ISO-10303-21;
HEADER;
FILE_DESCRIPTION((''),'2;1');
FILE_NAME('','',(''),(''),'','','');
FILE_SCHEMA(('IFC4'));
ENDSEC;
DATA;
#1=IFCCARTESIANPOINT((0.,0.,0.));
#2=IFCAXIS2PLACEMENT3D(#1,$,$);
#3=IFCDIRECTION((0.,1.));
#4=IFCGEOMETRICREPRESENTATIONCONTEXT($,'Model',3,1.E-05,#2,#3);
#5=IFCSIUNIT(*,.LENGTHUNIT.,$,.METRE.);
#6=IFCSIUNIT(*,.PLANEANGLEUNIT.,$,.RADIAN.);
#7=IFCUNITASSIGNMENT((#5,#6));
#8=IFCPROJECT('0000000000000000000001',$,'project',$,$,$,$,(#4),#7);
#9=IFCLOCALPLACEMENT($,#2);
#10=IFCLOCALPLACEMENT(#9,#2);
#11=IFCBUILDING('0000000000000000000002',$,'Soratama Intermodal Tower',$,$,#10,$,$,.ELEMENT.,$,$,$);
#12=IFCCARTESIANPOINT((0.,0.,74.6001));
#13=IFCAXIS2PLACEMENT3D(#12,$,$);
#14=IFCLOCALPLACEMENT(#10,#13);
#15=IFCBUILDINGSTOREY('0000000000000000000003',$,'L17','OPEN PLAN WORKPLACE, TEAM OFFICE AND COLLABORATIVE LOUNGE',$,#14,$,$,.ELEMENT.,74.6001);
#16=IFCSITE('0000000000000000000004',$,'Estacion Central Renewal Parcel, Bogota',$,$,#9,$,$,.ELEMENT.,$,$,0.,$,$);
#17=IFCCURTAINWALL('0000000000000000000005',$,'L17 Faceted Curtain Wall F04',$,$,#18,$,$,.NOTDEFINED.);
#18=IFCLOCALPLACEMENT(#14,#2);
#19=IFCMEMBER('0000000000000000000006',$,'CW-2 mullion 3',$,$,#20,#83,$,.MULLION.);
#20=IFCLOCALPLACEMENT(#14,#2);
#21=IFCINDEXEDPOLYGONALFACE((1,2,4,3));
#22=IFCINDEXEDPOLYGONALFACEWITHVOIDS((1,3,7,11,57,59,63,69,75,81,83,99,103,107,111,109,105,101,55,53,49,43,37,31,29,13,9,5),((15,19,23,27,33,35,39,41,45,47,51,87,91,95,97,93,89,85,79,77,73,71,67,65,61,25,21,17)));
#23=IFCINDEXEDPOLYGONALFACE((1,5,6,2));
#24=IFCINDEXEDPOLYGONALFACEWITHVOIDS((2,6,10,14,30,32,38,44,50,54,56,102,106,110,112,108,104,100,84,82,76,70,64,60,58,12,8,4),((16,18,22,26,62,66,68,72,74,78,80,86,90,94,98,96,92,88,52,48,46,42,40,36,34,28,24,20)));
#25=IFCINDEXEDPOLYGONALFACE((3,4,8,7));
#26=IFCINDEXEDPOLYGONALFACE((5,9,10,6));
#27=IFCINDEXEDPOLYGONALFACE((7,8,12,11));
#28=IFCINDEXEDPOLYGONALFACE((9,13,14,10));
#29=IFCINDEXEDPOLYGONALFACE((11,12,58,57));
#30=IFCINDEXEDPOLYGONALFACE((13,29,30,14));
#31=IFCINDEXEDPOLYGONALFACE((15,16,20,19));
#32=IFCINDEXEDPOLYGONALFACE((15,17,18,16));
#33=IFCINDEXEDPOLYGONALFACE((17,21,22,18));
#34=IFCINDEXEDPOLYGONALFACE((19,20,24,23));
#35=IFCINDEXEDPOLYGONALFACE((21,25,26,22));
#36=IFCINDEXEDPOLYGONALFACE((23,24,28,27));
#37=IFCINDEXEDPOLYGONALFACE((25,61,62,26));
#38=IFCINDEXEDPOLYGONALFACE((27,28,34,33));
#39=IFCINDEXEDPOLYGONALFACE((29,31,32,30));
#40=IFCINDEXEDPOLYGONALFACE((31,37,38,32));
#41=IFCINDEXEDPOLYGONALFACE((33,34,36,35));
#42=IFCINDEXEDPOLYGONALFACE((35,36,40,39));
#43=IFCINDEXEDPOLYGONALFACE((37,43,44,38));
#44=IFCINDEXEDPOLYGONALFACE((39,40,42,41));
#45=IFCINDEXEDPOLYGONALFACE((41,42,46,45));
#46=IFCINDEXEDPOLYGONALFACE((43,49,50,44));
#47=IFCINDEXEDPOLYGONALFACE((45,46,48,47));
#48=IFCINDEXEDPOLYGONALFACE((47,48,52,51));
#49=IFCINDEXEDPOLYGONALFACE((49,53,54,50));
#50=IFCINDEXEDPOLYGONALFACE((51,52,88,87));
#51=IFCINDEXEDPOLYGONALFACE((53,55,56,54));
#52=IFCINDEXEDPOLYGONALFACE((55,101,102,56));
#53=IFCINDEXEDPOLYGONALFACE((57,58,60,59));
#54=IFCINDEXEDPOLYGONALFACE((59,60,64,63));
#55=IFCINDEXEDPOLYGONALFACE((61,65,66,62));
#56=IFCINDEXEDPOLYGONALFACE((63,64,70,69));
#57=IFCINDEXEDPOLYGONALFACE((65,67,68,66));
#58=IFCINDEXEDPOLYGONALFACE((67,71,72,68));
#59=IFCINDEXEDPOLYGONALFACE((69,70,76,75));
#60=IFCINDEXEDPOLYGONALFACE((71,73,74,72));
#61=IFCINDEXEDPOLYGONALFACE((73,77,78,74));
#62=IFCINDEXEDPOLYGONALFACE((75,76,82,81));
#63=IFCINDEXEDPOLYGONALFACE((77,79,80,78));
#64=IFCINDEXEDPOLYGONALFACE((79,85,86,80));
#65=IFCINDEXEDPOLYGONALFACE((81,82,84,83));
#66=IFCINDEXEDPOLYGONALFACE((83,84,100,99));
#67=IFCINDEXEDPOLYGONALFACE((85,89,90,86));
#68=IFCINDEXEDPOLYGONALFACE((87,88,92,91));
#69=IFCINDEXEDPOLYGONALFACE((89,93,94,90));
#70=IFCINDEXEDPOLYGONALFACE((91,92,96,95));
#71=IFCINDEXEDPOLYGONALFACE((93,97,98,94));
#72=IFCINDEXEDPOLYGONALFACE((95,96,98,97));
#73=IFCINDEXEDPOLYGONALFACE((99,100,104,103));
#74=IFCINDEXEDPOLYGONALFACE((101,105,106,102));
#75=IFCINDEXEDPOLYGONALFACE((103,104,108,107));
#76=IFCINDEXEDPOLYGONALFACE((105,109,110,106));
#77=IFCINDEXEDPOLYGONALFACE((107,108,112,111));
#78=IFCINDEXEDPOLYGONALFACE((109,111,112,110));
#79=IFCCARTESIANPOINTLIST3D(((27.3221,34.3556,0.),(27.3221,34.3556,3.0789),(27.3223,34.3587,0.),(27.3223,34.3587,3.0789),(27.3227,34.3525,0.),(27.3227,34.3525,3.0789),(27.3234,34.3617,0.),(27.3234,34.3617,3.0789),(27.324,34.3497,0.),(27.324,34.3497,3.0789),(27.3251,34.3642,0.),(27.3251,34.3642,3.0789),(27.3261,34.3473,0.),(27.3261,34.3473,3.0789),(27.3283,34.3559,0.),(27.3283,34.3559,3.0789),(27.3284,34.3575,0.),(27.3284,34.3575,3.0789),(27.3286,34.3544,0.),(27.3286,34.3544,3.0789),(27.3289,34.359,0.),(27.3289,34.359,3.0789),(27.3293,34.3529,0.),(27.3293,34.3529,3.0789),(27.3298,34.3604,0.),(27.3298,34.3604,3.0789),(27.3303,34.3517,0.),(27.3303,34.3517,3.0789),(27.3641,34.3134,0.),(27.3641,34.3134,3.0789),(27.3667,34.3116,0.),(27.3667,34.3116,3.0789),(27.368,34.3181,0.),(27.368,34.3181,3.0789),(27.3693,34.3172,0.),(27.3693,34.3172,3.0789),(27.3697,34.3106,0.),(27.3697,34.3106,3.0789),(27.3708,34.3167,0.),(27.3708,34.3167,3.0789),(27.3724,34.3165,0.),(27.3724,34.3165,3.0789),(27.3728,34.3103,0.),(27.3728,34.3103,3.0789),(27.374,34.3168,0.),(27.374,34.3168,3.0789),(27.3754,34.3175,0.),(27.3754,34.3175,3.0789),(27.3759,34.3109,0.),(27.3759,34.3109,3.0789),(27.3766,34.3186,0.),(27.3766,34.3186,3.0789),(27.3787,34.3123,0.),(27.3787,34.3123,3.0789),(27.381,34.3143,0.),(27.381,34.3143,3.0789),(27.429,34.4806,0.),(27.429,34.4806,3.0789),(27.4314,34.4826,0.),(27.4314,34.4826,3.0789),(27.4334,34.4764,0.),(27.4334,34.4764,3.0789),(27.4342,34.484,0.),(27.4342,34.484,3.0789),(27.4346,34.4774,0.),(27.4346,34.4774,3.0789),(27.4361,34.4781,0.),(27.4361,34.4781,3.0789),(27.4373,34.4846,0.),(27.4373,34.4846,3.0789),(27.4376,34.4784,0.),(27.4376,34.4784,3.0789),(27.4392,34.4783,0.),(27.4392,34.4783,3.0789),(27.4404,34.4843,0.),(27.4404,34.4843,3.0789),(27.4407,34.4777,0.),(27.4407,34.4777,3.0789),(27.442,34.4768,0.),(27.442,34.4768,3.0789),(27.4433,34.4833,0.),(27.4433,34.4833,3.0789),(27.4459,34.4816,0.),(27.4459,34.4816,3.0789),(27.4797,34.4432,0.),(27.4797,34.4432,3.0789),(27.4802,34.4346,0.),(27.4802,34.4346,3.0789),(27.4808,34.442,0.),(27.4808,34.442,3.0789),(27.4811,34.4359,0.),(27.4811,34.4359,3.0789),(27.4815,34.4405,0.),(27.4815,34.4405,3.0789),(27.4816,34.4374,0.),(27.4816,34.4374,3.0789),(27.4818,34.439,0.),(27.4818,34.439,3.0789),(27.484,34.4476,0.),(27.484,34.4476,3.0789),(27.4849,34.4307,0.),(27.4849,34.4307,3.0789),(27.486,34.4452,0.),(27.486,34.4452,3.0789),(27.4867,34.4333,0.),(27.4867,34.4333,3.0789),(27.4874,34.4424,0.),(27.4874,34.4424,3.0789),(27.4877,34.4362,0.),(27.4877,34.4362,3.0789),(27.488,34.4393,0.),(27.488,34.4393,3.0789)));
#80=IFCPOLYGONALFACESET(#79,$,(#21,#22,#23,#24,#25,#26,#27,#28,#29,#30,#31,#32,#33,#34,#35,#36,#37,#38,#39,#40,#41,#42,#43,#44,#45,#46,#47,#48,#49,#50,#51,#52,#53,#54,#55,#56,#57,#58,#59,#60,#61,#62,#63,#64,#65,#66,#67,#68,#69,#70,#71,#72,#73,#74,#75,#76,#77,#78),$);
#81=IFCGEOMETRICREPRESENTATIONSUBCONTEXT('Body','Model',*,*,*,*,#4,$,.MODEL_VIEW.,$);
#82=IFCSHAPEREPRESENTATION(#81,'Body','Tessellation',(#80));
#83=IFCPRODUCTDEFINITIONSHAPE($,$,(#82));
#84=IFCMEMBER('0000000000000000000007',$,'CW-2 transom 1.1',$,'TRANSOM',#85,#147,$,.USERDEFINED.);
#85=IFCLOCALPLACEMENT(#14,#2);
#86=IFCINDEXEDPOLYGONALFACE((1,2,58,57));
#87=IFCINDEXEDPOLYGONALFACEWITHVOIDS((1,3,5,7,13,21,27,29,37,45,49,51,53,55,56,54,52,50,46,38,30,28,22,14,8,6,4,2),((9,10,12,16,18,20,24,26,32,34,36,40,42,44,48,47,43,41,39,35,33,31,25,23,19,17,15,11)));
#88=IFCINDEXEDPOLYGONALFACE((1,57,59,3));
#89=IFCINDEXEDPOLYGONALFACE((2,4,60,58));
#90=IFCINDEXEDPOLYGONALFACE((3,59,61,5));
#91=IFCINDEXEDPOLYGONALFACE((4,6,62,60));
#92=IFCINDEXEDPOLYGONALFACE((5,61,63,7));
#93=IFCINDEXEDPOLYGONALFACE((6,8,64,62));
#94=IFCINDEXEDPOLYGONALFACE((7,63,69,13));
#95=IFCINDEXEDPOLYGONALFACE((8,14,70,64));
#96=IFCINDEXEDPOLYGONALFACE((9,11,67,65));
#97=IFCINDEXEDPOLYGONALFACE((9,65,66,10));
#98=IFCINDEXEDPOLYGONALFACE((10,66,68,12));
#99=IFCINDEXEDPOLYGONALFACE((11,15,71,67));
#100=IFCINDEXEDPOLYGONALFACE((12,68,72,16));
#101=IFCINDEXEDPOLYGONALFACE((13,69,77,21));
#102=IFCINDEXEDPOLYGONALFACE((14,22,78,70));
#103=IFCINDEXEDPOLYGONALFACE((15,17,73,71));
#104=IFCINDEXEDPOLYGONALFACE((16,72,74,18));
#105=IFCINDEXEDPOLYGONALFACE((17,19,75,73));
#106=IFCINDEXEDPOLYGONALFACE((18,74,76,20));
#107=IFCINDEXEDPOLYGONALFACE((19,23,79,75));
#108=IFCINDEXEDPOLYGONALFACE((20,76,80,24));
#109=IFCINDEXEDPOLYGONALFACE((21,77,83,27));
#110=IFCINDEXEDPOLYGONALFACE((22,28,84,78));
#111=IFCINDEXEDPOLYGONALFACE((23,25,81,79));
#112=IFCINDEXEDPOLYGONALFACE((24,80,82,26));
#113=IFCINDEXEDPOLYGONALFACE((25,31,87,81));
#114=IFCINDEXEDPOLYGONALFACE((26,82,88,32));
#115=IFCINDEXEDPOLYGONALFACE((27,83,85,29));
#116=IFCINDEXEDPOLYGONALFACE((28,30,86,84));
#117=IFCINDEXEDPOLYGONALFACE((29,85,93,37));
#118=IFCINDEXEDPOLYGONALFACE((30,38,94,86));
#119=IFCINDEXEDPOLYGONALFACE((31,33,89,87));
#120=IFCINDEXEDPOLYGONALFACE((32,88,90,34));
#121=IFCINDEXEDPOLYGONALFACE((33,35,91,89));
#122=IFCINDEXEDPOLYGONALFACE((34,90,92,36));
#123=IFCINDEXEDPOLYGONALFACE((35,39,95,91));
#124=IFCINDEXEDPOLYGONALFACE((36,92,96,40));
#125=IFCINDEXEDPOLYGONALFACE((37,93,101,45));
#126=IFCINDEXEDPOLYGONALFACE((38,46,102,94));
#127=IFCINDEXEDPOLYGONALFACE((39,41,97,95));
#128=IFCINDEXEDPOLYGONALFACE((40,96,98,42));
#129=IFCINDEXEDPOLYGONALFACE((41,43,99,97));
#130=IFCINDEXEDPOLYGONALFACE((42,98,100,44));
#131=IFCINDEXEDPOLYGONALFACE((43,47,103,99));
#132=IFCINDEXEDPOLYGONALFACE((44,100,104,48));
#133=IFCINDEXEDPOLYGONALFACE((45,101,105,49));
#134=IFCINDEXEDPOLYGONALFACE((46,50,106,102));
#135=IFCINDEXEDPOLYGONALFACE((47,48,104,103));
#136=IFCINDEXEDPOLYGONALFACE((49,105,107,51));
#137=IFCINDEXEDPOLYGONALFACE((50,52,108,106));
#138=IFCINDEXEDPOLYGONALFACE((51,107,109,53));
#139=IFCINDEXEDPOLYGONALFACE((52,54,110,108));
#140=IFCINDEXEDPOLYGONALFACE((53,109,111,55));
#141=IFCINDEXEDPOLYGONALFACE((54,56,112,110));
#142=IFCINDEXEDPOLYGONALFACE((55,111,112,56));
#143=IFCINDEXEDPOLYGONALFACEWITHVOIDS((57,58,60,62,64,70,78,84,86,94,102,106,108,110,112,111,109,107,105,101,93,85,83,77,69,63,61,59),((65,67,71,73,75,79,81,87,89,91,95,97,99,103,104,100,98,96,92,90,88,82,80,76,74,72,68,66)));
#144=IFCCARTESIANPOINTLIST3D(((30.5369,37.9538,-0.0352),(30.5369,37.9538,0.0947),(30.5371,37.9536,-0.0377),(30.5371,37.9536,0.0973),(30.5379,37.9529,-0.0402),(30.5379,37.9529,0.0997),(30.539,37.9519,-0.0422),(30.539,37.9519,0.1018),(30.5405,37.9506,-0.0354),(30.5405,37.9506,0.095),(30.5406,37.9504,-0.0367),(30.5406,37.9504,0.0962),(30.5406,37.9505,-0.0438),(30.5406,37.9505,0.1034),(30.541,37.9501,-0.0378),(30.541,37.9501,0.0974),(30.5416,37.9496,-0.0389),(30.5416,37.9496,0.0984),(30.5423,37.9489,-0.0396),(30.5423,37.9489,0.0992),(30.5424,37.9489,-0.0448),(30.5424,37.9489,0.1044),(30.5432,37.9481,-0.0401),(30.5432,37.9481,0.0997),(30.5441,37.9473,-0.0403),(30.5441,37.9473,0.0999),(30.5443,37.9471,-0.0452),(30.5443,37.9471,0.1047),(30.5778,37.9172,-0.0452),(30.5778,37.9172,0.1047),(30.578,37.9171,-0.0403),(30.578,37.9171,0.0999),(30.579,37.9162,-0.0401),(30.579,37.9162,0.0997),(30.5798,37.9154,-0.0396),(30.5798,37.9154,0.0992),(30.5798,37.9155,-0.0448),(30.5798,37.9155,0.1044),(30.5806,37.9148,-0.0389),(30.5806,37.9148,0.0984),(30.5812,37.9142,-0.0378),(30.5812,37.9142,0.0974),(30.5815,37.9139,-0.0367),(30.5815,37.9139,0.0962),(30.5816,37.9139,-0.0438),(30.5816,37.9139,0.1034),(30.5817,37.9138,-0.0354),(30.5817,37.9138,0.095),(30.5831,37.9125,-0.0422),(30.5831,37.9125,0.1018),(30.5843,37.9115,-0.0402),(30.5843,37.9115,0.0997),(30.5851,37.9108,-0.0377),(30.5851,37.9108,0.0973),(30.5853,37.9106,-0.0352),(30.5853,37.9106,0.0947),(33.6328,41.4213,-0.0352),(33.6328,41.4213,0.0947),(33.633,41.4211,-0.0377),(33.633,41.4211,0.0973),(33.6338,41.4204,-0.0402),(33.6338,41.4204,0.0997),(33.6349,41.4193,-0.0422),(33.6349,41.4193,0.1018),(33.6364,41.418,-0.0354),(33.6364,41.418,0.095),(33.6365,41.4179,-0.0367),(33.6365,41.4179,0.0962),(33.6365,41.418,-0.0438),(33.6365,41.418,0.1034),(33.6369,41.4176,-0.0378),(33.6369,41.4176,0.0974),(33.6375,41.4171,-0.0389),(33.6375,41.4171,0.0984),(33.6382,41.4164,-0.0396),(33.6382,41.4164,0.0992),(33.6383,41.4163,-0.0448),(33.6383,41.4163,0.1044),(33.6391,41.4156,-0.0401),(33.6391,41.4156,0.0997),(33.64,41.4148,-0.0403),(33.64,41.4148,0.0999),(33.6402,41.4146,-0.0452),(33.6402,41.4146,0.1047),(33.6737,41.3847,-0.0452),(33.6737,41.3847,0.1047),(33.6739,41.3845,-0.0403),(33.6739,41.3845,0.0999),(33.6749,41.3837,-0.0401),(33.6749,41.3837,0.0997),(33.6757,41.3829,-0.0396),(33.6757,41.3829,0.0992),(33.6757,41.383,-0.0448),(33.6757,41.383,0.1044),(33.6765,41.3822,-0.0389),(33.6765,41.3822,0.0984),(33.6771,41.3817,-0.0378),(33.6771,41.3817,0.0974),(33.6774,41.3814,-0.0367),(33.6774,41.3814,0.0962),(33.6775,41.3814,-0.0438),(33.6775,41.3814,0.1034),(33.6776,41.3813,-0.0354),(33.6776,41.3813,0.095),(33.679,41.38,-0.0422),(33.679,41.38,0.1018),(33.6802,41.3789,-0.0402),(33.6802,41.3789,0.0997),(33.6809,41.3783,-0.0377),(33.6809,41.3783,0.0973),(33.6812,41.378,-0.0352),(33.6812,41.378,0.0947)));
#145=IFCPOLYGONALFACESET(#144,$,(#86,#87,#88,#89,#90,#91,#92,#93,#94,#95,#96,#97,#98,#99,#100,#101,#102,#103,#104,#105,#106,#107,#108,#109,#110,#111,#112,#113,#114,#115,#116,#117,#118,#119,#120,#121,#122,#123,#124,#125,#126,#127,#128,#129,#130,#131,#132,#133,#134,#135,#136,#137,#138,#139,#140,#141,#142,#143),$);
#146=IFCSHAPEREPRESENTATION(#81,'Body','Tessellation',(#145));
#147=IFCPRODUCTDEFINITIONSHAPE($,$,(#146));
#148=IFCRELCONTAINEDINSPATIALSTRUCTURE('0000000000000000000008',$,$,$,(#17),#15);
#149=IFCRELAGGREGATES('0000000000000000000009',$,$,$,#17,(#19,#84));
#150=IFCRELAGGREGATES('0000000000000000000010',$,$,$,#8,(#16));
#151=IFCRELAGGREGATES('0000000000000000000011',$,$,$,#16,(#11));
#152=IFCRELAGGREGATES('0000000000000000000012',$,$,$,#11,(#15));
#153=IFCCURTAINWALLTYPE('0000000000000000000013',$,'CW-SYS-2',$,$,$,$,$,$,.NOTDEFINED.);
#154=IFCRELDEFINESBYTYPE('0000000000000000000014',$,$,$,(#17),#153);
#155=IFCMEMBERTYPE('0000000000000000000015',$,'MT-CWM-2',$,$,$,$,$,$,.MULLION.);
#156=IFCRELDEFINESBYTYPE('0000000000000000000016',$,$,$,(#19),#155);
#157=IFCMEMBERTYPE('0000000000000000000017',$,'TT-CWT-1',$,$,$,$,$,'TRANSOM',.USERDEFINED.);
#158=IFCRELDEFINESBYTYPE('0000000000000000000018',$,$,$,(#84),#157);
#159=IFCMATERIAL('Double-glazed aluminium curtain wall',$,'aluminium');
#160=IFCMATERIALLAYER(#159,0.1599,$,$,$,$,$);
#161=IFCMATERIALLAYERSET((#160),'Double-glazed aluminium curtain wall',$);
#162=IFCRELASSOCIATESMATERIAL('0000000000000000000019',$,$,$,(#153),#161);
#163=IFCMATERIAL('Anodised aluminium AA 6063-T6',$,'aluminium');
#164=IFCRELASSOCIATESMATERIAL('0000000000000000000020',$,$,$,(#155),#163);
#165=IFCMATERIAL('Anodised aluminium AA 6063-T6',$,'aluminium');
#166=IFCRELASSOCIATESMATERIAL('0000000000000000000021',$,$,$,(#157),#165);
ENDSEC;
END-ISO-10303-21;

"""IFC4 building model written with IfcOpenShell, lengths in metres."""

from ifc_helpers import new_model, si_unit, direction, frame, origin, origin_2d, place, context, subcontext, project, spatial, hollow_rectangle, extrude, material, layer, layer_set, material_profile, profile_set, type_object, element, aggregate, save


model = new_model("IFC4")

# Units and contexts
model_context = context("Model", 3, precision=1e-05, world=origin(), true_north=direction((0.0, 1.0)))
body_context = subcontext(model_context, "Body", "Model", "MODEL_VIEW")
ifc_project = project(units=[si_unit("LENGTHUNIT", "METRE"), si_unit("PLANEANGLEUNIT", "RADIAN")], contexts=[model_context])

# Site, building, storey
site_placement = place(None, origin())
site = spatial("IfcSite", under=ifc_project, at=site_placement, Name="Estacion Central Renewal Parcel, Bogota", CompositionType="ELEMENT", RefElevation=0.0)
building_placement = place(site_placement, origin())
building = spatial("IfcBuilding", under=site, at=building_placement, Name="Soratama Intermodal Tower", CompositionType="ELEMENT")
storey_placement = place(building_placement, frame((0.0, 0.0, 74.6001)))
storey = spatial("IfcBuildingStorey", under=building, at=storey_placement, Name="L17", Description="OPEN PLAN WORKPLACE, TEAM OFFICE AND COLLABORATIVE LOUNGE", CompositionType="ELEMENT", Elevation=74.6001)

# Curtain wall, members
ifc_material_1 = material(Name="Double-glazed aluminium curtain wall", Category="aluminium")
ifc_layer_1 = layer(ifc_material_1, 0.1599)
ifc_layer_set_1 = layer_set([ifc_layer_1], Name="Double-glazed aluminium curtain wall")
curtain_wall_type = type_object("IfcCurtainWallType", Name="CW-SYS-2", PredefinedType="NOTDEFINED", material=ifc_layer_set_1)
curtain_wall_placement = place(storey_placement, origin())
curtain_wall = element("IfcCurtainWall", 1, at=curtain_wall_placement, inside=storey, type_object=curtain_wall_type, Name="L17 Faceted Curtain Wall F04", PredefinedType="NOTDEFINED")
ifc_material_2 = material(Name="Anodised aluminium AA 6063-T6", Category="aluminium")
ifc_material_profile_1 = material_profile(ifc_material_2, hollow_rectangle(XDim=0.075, YDim=0.1799, WallThickness=0.0061, InnerFilletRadius=0.0061, OuterFilletRadius=0.012, at=origin_2d()), Name="CWM180X75X6")
ifc_profile_set_1 = profile_set([ifc_material_profile_1], Name="Anodised aluminium AA 6063-T6")
member_type_1 = type_object("IfcMemberType", Name="MT-CWM-2", PredefinedType="MULLION", material=ifc_profile_set_1)
member_1_placement = place(storey_placement, frame((27.405, 34.3975, 0.0), z_axis=(0.0, 0.0, 1.0), x_axis=(0.745937, -0.666017, 0.0)))
member_1 = element("IfcMember", 2, at=member_1_placement, type_object=member_type_1, Name="CW-2 mullion 3", PredefinedType="MULLION", context=body_context, shape_type="SweptSolid", body=[
    extrude(hollow_rectangle(XDim=0.075, YDim=0.1799, WallThickness=0.0061, InnerFilletRadius=0.0061, OuterFilletRadius=0.012, at=origin_2d()), origin(), (0.0, 0.0, 1.0), 3.0789),
])
ifc_material_3 = material(Name="Anodised aluminium AA 6063-T6", Category="aluminium")
ifc_material_profile_2 = material_profile(ifc_material_3, hollow_rectangle(XDim=0.0649, YDim=0.1499, WallThickness=0.0049, InnerFilletRadius=0.0049, OuterFilletRadius=0.01, at=origin_2d()), Name="CWT150X65X5")
ifc_profile_set_2 = profile_set([ifc_material_profile_2], Name="Anodised aluminium AA 6063-T6")
member_type_2 = type_object("IfcMemberType", Name="TT-CWT-1", ElementType="TRANSOM", PredefinedType="USERDEFINED", material=ifc_profile_set_2)
member_2_placement = place(storey_placement, frame((33.657, 41.3997, 0.0298), z_axis=(-0.666008, -0.745944, 0.0), x_axis=(0.745944, -0.666008, 0.0)))
member_2 = element("IfcMember", 3, at=member_2_placement, type_object=member_type_2, Name="CW-2 transom 1.1", ObjectType="TRANSOM", PredefinedType="USERDEFINED", context=body_context, shape_type="SweptSolid", body=[
    extrude(hollow_rectangle(XDim=0.0649, YDim=0.1499, WallThickness=0.0049, InnerFilletRadius=0.0049, OuterFilletRadius=0.01, at=origin_2d()), origin(), (0.0, 0.0, 1.0), 4.6484),
])
aggregate(curtain_wall, [member_1, member_2])

save(model, "model.ifc")
